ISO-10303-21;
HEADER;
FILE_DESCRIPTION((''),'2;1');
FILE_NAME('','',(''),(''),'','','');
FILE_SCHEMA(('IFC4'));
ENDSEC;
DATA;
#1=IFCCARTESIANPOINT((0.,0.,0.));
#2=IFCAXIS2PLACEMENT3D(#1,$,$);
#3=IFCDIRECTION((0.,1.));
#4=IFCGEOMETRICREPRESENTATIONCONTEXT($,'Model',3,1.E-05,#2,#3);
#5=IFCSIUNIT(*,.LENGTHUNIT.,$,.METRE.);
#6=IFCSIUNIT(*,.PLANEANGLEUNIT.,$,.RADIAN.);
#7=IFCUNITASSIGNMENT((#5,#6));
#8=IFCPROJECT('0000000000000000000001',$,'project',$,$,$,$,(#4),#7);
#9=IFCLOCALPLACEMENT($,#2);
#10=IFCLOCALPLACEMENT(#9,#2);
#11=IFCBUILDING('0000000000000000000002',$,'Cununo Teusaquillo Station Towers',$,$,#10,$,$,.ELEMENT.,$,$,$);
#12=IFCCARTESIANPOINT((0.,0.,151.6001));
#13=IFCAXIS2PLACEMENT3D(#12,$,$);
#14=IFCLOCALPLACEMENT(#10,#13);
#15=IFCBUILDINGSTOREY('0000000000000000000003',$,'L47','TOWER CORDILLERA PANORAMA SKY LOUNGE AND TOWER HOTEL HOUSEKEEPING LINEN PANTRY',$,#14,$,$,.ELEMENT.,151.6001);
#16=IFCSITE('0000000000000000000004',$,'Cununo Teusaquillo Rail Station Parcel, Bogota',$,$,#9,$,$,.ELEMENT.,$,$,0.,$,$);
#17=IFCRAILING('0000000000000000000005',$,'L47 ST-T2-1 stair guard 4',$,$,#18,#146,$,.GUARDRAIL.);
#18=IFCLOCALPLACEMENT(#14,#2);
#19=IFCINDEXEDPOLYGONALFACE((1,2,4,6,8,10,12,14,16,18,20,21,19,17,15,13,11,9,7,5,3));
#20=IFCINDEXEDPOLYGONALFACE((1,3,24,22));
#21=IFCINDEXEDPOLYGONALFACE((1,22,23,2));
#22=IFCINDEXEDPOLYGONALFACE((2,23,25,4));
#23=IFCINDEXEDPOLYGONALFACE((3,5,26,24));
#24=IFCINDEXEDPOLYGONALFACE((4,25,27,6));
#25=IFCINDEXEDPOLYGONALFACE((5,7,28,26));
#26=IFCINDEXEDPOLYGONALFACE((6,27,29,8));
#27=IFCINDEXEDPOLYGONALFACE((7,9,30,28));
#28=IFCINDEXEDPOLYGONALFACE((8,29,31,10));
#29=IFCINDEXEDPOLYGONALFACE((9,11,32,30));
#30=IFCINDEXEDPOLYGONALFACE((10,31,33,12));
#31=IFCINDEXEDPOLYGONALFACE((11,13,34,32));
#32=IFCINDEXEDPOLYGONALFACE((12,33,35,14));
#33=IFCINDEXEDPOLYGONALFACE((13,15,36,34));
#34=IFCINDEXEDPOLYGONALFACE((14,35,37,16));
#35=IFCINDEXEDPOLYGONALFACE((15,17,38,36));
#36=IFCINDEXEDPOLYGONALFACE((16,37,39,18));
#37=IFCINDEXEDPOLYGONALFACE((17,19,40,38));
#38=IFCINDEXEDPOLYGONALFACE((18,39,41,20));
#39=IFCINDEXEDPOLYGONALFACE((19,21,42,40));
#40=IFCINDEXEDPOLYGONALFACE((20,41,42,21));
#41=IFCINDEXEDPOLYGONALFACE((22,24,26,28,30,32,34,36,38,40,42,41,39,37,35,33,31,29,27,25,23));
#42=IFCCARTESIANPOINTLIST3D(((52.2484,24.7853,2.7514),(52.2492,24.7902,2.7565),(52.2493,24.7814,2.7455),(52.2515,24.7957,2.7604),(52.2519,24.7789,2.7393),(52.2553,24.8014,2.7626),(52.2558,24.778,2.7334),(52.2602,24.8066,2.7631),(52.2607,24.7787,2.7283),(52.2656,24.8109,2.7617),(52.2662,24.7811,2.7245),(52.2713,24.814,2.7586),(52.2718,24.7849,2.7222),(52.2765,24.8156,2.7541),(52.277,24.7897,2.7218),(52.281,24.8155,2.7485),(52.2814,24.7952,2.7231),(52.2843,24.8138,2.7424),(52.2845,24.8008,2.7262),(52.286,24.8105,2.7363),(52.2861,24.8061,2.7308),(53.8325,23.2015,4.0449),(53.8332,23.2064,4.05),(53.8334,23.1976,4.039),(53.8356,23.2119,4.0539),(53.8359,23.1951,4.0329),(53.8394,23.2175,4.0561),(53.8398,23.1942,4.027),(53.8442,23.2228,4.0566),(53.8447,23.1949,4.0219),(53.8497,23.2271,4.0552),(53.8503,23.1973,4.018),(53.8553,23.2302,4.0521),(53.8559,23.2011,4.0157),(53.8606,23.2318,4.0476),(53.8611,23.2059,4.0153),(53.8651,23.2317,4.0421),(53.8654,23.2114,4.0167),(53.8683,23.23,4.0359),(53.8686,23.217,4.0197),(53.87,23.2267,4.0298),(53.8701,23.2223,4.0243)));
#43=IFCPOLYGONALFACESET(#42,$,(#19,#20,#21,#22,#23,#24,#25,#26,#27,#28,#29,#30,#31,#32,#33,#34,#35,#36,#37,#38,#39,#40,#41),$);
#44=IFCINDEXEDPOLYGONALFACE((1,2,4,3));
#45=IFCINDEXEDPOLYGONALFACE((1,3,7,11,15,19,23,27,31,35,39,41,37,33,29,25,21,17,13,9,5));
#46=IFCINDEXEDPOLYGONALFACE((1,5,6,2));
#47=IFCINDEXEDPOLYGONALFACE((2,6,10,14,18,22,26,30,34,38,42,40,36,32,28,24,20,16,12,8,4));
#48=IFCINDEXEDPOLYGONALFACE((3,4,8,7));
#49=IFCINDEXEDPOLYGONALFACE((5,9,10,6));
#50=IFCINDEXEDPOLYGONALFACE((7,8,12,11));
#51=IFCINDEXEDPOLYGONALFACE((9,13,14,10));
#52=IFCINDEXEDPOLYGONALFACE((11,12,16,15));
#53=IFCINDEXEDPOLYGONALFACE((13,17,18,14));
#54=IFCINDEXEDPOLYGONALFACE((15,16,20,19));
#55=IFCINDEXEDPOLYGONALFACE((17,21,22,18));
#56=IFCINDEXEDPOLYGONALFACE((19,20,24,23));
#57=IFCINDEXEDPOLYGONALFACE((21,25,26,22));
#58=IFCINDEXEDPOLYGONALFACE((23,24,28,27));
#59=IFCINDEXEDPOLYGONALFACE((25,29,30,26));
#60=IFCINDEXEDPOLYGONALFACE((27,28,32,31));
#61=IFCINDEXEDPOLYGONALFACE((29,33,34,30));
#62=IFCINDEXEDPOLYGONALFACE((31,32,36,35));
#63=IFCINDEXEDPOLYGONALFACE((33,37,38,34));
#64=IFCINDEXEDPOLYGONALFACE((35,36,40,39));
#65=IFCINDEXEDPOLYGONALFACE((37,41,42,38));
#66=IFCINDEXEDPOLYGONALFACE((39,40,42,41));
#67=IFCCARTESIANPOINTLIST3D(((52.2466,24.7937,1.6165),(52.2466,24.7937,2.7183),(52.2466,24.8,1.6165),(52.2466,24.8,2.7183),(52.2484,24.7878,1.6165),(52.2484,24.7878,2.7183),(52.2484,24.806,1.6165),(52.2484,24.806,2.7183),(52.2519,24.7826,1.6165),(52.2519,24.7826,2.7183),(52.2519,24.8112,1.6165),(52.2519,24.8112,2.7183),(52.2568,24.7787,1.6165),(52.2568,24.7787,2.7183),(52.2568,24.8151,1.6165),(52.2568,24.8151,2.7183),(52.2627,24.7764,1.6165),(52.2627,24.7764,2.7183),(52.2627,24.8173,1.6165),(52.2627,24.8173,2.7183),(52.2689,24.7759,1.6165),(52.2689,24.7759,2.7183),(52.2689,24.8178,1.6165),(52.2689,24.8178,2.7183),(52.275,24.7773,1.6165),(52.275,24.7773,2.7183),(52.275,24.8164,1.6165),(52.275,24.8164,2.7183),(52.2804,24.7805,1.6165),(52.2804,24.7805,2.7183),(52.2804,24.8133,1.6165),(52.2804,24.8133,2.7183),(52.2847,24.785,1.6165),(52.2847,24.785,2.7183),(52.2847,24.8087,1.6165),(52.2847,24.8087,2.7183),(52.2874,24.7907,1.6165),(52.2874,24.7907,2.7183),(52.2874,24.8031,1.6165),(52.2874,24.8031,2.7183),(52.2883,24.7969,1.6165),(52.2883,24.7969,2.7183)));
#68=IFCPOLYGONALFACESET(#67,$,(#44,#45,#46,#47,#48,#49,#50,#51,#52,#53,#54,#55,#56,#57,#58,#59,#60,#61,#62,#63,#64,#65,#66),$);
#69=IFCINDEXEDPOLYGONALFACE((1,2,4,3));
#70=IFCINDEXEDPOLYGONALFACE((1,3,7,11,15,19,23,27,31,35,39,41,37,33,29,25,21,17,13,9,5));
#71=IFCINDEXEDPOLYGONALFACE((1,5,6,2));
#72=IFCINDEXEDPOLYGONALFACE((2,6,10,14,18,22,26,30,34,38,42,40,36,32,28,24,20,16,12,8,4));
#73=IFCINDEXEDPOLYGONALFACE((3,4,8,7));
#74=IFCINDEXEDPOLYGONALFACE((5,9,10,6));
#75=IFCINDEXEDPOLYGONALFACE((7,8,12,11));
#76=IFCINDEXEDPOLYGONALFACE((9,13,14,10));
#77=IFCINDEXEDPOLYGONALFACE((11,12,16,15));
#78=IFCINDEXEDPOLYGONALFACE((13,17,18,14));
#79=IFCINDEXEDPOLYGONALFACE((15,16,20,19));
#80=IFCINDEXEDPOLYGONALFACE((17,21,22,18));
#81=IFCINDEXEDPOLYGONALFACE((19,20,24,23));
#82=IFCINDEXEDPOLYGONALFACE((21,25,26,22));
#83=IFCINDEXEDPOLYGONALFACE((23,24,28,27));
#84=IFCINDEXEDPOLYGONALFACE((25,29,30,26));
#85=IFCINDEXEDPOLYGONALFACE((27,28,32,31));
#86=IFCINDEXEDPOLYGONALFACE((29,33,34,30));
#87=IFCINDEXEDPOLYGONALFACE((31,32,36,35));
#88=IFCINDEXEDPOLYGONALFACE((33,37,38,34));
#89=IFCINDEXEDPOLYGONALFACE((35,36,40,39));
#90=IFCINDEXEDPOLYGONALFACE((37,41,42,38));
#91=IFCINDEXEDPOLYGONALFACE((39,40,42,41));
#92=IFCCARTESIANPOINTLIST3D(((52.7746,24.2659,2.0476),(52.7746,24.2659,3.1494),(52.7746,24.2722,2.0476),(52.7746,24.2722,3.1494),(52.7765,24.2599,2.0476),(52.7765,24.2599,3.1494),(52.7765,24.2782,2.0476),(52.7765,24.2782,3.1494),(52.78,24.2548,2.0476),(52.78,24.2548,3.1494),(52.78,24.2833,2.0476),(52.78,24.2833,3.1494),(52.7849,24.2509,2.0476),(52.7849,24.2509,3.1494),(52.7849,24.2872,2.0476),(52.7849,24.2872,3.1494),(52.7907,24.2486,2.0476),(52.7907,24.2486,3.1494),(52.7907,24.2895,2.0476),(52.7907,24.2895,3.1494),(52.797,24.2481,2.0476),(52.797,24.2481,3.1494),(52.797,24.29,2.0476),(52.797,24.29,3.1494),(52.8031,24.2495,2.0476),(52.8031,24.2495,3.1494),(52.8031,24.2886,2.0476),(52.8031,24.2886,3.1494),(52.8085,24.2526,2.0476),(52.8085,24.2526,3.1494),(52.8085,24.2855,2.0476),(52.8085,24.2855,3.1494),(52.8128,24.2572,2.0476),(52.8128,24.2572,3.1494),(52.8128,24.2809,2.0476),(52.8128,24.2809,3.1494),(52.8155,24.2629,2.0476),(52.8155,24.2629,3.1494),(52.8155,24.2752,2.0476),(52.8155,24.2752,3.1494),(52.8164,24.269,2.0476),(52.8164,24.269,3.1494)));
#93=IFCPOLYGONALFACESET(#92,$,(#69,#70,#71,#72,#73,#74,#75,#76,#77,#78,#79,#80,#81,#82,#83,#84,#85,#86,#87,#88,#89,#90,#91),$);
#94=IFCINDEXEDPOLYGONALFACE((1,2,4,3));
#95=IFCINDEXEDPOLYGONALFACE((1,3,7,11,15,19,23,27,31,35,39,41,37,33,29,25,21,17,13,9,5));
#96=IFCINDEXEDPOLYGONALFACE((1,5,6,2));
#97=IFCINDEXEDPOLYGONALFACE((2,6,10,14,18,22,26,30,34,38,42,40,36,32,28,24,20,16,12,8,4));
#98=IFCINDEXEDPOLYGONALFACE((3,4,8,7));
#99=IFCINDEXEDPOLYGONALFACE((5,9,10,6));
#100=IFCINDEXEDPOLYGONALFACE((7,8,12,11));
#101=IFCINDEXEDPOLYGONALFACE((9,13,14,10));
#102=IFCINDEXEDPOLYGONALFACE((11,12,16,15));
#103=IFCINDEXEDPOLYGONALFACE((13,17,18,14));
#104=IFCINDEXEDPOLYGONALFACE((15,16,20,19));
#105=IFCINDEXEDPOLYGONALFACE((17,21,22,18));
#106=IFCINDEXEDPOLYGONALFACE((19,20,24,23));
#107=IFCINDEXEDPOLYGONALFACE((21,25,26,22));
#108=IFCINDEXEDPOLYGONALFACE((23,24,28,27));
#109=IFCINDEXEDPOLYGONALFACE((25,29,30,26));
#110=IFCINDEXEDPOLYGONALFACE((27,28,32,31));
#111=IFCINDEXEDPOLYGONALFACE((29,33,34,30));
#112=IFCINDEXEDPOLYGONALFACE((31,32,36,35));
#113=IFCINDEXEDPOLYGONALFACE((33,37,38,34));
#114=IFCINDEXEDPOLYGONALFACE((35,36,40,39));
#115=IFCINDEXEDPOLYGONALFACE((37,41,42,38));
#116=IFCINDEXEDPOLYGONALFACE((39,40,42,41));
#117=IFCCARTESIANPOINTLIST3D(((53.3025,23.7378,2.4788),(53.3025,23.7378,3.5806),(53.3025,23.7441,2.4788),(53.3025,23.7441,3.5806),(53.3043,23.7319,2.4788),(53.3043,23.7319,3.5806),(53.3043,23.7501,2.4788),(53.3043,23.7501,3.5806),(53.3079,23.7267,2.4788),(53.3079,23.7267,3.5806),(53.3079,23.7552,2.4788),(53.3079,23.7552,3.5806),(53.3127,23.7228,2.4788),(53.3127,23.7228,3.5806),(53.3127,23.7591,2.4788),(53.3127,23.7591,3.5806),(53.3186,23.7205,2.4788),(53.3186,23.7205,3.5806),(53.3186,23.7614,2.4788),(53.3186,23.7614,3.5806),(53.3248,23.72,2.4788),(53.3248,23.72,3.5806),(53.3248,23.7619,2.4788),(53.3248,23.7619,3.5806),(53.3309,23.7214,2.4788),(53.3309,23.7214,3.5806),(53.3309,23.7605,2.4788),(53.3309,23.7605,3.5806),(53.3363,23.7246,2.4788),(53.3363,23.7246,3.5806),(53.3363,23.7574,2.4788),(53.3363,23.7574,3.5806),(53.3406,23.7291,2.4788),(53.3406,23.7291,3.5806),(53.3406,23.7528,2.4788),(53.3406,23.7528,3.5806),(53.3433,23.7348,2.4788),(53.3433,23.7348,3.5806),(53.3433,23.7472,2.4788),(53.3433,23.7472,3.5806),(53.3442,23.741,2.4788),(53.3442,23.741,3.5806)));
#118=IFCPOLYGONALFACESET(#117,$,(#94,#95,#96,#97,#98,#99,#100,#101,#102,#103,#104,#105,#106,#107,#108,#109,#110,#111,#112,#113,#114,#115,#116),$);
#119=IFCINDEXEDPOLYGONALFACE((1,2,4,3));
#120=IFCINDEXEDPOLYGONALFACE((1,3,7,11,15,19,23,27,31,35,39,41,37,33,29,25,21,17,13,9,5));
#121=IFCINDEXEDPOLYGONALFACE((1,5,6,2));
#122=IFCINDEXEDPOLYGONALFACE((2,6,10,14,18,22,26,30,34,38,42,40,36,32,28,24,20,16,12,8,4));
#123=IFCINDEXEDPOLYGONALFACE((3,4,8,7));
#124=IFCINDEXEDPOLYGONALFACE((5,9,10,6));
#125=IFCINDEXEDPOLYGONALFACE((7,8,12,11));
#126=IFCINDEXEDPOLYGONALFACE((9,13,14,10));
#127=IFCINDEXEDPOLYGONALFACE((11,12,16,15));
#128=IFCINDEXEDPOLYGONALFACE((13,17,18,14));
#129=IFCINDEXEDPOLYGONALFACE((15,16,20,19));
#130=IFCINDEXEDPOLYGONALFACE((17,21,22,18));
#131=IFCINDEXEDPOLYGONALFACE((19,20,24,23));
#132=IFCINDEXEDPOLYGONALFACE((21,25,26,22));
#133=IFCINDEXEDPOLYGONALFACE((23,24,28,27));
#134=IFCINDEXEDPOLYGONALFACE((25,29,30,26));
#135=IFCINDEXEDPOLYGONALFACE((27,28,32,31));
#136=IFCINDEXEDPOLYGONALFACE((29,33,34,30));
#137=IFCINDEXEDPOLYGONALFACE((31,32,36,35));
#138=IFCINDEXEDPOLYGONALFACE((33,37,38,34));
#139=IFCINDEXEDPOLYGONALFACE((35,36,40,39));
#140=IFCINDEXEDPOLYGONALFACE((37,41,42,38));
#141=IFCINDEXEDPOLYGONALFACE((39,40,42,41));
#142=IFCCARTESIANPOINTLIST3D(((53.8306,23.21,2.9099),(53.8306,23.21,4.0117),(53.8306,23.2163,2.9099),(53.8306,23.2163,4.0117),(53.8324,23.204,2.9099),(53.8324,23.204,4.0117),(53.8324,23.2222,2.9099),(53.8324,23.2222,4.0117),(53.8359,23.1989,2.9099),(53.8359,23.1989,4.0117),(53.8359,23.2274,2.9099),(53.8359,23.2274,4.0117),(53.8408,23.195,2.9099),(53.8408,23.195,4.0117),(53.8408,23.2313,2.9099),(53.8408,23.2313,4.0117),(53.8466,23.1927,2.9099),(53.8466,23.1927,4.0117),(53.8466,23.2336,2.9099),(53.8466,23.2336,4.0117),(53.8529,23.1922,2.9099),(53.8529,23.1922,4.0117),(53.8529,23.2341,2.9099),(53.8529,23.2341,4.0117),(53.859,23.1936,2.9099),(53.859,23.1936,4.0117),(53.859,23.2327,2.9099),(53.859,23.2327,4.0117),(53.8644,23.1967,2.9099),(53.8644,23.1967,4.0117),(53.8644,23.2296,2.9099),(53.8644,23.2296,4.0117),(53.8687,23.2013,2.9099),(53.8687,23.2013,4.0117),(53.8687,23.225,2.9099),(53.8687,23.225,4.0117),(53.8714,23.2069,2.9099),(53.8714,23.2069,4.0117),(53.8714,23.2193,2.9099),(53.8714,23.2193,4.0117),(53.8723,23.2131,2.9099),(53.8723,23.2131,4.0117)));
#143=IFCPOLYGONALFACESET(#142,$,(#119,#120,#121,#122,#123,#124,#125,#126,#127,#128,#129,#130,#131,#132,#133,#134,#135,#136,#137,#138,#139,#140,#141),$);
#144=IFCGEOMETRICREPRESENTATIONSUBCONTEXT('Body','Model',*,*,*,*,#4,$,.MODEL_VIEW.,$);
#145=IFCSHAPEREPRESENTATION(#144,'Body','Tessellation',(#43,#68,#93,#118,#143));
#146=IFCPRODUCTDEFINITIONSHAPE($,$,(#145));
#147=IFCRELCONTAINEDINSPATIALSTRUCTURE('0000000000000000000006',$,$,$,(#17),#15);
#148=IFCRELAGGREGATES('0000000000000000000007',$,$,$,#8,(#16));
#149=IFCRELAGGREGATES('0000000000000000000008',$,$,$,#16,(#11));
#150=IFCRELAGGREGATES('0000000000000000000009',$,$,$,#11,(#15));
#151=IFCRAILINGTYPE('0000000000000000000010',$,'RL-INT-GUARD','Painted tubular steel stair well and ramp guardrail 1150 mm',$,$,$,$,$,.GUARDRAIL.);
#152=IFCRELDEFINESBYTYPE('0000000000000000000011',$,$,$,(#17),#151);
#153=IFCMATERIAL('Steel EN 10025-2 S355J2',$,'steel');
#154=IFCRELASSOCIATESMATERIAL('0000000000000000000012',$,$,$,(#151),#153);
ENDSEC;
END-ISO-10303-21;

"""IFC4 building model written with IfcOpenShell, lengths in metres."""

from ifc_helpers import new_model, si_unit, direction, frame, origin, origin_2d, place, context, subcontext, project, spatial, circle, extrude, material, type_object, element, save


model = new_model("IFC4")

# Units and contexts
model_context = context("Model", 3, precision=1e-05, world=origin(), true_north=direction((0.0, 1.0)))
body_context = subcontext(model_context, "Body", "Model", "MODEL_VIEW")
ifc_project = project(units=[si_unit("LENGTHUNIT", "METRE"), si_unit("PLANEANGLEUNIT", "RADIAN")], contexts=[model_context])

# Site, building, storey
site_placement = place(None, origin())
site = spatial("IfcSite", under=ifc_project, at=site_placement, Name="Cununo Teusaquillo Rail Station Parcel, Bogota", CompositionType="ELEMENT", RefElevation=0.0)
building_placement = place(site_placement, origin())
building = spatial("IfcBuilding", under=site, at=building_placement, Name="Cununo Teusaquillo Station Towers", CompositionType="ELEMENT")
storey_placement = place(building_placement, frame((0.0, 0.0, 151.6001)))
storey = spatial("IfcBuildingStorey", under=building, at=storey_placement, Name="L47", Description="TOWER CORDILLERA PANORAMA SKY LOUNGE AND TOWER HOTEL HOUSEKEEPING LINEN PANTRY", CompositionType="ELEMENT", Elevation=151.6001)

# Railing
ifc_material_1 = material(Name="Steel EN 10025-2 S355J2", Category="steel")
railing_type_1 = type_object("IfcRailingType", Name="RL-INT-GUARD", Description="Painted tubular steel stair well and ramp guardrail 1150 mm", PredefinedType="GUARDRAIL", material=ifc_material_1)
railing_1_placement = place(storey_placement, frame((52.2673, 24.7969, 1.6165)))
element("IfcRailing", 1, at=railing_1_placement, inside=storey, type_object=railing_type_1, Name="L47 ST-T2-1 stair guard 4", PredefinedType="GUARDRAIL", context=body_context, shape_type="SweptSolid", body=[
    extrude(circle(Radius=0.0239, at=origin_2d()), frame((0.0, 0.0, 1.126), z_axis=(0.612391, -0.612297, 0.500069), x_axis=(0.707052, 0.707161, 0.0)), (0.0, 0.0, 1.0), 2.5867),
    extrude(circle(Radius=0.021, at=origin_2d()), origin(), (0.0, 0.0, 1.0), 1.1018),
    extrude(circle(Radius=0.021, at=origin_2d()), frame((0.5281, -0.5278, 0.4312)), (0.0, 0.0, 1.0), 1.1018),
    extrude(circle(Radius=0.021, at=origin_2d()), frame((1.0559, -1.0559, 0.8623)), (0.0, 0.0, 1.0), 1.1018),
    extrude(circle(Radius=0.021, at=origin_2d()), frame((1.584, -1.5837, 1.2935)), (0.0, 0.0, 1.0), 1.1018),
])

save(model, "model.ifc")
